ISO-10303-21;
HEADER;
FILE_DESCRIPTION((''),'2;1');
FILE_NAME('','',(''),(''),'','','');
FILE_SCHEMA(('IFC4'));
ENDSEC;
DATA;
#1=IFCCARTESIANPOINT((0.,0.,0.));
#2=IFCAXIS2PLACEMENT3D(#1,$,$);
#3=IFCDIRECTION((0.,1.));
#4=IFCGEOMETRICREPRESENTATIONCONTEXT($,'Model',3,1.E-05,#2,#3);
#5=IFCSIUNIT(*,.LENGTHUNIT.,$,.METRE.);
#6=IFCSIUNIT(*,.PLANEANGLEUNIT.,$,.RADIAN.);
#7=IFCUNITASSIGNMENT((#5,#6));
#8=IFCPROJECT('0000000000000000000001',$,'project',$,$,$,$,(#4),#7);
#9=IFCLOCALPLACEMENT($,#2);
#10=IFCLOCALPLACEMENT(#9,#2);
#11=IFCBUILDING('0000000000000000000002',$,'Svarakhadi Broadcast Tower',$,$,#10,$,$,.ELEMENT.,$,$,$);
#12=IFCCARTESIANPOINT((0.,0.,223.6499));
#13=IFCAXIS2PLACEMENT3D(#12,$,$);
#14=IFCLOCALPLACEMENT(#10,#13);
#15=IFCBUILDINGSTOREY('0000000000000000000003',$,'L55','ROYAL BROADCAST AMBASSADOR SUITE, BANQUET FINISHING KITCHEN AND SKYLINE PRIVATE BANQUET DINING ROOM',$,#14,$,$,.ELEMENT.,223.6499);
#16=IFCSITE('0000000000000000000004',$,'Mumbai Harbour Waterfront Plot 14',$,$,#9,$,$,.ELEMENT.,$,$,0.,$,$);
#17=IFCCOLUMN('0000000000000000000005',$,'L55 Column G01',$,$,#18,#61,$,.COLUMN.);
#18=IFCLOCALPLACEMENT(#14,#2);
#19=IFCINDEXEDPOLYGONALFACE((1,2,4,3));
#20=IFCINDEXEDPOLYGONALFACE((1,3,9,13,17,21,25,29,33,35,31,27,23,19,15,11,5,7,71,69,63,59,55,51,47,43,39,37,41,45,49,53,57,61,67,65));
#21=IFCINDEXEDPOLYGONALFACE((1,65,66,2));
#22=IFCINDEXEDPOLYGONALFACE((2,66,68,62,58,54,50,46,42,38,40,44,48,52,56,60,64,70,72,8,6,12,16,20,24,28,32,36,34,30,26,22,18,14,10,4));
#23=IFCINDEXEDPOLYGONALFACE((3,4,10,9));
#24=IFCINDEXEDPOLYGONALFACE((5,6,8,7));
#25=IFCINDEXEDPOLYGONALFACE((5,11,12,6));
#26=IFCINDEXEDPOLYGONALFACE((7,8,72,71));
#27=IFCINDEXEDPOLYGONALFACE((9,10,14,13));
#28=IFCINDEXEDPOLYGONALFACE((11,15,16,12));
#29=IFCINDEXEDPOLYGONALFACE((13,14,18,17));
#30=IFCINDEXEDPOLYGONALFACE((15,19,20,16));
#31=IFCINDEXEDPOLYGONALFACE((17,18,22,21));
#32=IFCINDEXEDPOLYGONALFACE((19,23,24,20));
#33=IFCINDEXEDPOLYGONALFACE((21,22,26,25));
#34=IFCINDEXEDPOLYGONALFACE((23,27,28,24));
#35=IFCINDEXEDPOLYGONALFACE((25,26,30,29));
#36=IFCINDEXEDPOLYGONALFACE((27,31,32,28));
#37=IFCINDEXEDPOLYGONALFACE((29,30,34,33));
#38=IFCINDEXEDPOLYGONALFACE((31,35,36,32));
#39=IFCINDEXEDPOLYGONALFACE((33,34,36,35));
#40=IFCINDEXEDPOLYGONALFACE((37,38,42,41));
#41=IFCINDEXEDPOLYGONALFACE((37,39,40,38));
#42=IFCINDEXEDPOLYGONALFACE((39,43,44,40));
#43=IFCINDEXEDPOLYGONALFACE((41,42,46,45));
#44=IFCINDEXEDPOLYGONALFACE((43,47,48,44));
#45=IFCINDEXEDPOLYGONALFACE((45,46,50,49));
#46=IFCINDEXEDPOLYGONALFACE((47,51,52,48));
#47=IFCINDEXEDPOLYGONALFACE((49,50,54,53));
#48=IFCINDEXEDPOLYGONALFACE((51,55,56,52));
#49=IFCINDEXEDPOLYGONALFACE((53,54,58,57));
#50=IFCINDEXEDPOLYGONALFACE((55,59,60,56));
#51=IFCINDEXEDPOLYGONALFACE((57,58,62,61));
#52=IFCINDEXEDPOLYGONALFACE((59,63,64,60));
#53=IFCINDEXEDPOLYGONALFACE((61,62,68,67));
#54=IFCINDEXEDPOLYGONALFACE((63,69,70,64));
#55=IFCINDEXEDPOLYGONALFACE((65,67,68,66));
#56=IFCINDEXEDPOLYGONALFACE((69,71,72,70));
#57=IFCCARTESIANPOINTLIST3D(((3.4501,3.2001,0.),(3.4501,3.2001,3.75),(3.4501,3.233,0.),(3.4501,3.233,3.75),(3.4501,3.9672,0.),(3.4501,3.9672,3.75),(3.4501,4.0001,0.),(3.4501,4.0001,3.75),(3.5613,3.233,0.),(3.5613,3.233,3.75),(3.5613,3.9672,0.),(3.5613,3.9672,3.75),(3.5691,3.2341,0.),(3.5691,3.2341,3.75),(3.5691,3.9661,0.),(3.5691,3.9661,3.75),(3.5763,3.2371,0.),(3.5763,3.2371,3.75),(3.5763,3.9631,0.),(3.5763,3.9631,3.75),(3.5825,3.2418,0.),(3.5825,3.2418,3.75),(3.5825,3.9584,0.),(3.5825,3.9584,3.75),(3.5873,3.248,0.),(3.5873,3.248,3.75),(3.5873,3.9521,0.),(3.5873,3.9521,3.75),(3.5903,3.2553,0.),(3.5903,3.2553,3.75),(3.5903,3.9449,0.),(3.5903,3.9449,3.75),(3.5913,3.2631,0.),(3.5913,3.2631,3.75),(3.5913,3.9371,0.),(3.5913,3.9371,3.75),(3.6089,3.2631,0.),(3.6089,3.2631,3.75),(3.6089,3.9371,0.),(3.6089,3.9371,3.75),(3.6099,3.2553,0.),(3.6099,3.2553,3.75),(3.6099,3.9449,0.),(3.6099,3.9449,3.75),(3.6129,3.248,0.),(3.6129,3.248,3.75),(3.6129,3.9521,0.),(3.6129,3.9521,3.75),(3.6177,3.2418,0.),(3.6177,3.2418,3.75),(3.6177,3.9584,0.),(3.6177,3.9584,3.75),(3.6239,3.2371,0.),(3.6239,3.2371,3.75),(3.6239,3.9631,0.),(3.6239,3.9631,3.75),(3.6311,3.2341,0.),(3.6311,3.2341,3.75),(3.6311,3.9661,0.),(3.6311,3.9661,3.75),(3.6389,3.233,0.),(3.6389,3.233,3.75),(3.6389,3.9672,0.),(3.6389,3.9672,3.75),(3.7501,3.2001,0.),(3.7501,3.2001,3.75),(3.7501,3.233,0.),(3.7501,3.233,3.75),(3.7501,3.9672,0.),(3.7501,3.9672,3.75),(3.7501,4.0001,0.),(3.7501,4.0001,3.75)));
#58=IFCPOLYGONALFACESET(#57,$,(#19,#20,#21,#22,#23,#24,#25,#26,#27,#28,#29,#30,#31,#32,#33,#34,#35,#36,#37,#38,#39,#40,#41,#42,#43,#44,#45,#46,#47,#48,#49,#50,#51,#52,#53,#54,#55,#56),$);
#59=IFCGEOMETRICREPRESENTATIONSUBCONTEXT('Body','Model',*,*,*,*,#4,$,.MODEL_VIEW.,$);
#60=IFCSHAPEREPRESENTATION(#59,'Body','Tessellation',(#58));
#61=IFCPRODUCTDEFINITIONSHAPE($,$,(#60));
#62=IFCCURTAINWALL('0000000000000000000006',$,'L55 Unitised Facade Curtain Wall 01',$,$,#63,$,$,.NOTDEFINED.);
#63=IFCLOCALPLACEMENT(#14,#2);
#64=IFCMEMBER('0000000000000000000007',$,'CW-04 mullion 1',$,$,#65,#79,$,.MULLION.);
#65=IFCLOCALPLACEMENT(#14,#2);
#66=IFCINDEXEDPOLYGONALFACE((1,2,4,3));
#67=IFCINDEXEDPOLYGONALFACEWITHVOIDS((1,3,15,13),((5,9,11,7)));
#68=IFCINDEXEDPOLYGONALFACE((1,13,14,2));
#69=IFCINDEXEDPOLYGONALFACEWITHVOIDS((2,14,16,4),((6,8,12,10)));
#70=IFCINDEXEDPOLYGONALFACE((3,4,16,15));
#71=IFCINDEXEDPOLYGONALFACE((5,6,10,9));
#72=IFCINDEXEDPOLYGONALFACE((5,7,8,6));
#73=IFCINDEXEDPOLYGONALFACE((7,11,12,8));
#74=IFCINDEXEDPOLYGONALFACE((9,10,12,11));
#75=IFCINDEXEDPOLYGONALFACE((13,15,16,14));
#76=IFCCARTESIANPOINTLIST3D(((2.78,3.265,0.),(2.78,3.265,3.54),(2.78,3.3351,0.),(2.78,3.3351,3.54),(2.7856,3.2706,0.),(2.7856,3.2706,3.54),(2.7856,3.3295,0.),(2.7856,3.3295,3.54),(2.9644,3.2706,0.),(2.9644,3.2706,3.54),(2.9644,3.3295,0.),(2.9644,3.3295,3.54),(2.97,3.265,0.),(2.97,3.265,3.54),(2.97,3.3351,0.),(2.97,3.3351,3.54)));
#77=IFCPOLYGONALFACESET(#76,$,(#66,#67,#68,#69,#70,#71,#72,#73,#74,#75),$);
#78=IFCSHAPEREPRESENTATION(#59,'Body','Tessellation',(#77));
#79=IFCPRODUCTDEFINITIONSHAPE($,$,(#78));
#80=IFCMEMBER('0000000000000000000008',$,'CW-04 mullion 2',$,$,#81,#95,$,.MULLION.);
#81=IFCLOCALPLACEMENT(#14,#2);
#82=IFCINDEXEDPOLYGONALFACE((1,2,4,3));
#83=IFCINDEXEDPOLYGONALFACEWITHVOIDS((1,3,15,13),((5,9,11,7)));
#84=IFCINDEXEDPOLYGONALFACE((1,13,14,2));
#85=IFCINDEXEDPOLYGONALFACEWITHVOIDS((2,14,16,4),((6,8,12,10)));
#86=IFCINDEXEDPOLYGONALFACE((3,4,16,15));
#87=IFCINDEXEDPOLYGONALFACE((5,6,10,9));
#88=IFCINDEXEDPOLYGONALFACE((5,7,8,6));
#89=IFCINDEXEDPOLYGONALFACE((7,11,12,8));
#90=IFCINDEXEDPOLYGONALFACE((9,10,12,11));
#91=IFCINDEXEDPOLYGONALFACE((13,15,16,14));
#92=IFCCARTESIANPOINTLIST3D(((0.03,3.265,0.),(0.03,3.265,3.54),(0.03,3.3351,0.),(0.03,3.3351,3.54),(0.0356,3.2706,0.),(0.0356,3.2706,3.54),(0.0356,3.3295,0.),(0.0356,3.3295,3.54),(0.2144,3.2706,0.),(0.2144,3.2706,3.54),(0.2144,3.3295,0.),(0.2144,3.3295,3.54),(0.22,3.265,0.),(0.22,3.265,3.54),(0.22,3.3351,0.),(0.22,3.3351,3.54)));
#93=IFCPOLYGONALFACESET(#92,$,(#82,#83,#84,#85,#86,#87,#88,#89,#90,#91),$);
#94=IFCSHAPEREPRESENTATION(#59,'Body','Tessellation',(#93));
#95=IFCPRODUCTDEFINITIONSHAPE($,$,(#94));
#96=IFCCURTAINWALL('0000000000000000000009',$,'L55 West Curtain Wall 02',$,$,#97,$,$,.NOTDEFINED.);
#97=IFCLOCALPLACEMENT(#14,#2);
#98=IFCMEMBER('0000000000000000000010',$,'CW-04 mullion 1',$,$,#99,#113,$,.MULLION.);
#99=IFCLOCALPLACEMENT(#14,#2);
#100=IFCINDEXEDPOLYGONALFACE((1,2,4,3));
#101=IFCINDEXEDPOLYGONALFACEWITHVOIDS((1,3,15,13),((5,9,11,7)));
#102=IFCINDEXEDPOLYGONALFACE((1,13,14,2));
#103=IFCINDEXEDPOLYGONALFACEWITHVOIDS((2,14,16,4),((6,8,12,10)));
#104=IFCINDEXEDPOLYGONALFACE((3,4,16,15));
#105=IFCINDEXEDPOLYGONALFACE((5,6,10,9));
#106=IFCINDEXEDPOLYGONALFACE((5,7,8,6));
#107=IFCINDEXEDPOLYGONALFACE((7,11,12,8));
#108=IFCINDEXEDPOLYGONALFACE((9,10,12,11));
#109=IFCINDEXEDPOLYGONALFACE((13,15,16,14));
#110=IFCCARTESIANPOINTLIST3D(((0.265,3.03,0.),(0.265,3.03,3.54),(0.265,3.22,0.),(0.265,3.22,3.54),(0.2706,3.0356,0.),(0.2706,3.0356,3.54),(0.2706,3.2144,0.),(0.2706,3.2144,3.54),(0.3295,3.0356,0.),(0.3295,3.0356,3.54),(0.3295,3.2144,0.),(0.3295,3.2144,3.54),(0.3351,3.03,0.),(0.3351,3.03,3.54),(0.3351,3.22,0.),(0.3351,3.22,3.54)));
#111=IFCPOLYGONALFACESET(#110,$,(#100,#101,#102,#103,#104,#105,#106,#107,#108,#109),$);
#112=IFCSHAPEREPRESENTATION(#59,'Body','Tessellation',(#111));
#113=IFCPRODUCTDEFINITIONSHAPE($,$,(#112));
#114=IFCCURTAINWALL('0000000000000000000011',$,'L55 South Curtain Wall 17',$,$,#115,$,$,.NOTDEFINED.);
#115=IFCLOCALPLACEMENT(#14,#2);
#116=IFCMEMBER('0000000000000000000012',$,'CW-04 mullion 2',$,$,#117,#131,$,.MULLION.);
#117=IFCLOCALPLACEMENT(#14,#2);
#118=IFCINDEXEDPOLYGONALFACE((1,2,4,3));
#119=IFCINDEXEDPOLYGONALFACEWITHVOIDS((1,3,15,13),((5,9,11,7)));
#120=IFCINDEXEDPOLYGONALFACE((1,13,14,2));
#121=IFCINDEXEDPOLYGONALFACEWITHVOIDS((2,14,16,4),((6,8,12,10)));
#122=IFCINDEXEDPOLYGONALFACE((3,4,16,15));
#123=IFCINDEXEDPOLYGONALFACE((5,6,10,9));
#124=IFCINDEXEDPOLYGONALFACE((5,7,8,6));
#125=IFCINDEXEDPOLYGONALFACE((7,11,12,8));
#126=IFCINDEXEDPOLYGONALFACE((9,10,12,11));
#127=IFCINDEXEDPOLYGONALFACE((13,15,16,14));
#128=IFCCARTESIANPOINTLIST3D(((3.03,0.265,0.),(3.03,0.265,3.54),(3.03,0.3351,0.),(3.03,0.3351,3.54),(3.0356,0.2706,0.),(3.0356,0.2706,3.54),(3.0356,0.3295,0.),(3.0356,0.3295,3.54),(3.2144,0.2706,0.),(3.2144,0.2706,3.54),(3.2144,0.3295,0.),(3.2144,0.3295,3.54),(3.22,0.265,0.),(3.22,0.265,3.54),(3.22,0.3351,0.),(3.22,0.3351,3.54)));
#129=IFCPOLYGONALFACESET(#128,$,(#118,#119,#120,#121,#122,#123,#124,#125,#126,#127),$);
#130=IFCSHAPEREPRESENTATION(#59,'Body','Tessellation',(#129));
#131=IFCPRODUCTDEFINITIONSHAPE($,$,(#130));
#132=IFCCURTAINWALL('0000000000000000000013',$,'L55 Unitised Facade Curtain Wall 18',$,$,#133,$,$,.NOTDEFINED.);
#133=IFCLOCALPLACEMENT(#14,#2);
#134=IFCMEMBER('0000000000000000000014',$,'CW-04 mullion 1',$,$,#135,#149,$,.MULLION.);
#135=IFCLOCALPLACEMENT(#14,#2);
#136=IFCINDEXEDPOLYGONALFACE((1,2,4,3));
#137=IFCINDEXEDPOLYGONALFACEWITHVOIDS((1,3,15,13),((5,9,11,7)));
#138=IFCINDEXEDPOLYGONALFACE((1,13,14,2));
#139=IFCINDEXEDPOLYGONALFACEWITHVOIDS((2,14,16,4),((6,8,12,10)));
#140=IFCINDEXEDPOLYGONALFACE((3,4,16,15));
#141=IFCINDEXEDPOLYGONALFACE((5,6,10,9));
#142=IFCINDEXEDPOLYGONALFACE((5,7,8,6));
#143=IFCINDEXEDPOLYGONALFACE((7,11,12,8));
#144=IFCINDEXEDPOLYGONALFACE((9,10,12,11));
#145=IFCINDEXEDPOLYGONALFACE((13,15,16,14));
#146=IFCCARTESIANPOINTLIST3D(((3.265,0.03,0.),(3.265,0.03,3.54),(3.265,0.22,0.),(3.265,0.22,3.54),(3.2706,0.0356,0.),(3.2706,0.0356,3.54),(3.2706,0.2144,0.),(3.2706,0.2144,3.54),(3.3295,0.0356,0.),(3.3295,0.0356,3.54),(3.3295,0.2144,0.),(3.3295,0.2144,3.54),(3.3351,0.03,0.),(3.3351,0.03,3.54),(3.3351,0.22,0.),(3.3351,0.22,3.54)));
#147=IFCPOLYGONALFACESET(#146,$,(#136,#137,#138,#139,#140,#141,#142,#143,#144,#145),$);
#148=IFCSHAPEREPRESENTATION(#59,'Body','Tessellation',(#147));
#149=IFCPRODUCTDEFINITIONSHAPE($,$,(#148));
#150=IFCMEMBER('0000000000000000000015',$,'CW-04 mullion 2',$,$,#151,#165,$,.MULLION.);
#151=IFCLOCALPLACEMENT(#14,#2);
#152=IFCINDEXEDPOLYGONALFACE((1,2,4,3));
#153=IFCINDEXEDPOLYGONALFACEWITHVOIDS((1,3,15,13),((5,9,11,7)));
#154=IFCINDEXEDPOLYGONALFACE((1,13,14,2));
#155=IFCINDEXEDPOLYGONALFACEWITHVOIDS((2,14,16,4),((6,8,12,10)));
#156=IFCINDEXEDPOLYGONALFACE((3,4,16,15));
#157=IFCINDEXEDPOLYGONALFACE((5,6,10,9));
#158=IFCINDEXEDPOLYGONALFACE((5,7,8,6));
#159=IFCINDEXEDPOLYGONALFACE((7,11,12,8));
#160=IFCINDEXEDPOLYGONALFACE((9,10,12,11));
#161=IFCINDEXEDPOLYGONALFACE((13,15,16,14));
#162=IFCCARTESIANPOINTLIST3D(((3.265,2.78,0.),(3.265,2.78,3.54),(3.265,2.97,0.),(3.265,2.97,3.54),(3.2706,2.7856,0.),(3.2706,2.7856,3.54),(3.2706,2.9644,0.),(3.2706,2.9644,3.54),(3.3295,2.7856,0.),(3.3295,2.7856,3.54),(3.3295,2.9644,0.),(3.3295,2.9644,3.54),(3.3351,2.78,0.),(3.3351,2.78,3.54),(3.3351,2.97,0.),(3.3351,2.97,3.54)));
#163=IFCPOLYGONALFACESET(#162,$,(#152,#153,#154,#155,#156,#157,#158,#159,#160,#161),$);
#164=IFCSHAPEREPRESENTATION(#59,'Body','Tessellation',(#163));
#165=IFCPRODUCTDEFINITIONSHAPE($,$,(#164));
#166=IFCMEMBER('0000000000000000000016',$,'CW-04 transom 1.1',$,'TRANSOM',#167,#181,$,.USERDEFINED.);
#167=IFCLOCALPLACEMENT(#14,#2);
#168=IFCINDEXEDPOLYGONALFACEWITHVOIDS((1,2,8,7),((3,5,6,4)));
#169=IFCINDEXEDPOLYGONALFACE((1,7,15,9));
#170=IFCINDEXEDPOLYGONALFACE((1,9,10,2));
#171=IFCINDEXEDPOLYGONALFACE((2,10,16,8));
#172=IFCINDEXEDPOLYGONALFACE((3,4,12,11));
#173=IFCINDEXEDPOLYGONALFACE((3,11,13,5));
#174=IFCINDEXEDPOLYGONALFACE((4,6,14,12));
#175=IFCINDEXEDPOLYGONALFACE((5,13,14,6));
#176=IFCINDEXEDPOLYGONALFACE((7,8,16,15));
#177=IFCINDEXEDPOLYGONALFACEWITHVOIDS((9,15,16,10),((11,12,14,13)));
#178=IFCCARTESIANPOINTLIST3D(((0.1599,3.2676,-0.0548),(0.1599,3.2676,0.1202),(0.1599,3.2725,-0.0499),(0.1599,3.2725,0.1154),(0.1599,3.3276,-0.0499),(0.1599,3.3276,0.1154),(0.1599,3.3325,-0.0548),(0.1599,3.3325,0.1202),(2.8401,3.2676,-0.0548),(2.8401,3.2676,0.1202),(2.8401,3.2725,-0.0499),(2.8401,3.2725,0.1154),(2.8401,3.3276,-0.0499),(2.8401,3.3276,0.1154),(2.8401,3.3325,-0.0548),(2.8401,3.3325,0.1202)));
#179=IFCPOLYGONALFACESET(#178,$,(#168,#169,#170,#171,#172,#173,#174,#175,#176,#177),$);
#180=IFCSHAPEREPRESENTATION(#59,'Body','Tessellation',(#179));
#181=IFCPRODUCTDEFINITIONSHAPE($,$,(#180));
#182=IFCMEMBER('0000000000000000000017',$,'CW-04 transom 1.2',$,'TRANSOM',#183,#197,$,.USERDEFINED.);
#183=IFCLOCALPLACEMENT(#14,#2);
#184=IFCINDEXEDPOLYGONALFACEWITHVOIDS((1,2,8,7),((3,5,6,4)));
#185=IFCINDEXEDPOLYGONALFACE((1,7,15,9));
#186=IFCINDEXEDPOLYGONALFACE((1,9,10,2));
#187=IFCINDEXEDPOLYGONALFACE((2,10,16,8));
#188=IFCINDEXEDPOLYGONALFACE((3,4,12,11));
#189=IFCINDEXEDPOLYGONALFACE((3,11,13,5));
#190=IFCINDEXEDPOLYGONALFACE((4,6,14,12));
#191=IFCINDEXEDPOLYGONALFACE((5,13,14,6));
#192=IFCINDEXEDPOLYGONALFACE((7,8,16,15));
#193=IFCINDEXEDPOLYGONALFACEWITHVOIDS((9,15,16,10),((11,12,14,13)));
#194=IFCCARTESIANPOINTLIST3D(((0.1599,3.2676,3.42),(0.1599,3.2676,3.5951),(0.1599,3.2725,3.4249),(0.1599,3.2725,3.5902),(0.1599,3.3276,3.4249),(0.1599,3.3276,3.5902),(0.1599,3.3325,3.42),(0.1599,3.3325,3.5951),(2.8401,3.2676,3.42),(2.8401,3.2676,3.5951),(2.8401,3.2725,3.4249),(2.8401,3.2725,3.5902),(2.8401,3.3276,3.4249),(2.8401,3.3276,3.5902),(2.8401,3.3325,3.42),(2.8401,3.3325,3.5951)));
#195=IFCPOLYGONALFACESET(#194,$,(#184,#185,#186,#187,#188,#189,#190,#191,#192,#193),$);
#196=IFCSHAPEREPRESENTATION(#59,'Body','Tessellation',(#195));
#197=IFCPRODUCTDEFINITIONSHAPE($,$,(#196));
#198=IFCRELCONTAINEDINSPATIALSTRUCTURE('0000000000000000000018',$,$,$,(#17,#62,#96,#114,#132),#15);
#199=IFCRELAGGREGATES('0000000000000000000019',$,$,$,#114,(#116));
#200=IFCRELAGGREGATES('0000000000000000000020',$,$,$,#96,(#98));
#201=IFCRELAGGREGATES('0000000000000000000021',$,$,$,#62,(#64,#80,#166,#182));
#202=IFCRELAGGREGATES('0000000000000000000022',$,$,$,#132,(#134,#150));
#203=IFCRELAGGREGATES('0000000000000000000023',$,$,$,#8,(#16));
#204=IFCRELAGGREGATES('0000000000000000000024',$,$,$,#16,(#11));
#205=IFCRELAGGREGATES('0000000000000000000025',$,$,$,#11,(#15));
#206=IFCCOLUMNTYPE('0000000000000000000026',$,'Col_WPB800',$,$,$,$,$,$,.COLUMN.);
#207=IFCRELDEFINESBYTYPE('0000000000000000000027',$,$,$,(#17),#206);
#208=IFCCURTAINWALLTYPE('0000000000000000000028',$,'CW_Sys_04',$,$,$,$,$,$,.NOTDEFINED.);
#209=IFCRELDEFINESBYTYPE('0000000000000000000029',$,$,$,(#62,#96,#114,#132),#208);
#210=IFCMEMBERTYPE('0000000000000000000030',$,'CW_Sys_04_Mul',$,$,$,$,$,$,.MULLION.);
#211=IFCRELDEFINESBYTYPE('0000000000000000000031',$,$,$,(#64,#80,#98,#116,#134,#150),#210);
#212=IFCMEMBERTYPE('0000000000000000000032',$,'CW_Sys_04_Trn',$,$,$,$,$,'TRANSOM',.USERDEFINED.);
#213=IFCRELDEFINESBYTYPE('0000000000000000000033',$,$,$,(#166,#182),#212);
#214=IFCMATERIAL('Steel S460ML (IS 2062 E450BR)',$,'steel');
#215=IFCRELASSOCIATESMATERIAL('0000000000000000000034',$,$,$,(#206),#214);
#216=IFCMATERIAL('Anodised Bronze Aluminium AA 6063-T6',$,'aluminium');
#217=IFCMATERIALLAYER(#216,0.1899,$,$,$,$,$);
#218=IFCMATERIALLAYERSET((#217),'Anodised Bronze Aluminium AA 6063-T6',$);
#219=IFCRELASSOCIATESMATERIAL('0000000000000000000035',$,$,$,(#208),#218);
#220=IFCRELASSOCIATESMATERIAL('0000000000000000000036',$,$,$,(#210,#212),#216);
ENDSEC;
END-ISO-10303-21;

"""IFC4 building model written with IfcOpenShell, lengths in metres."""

from ifc_helpers import new_model, si_unit, direction, frame, origin, origin_2d, place, context, subcontext, project, spatial, hollow_rectangle, i_section, extrude, material, layer, layer_set, material_profile, profile_set, type_object, element, aggregate, save


model = new_model("IFC4")

# Units and contexts
model_context = context("Model", 3, precision=1e-05, world=origin(), true_north=direction((0.0, 1.0)))
body_context = subcontext(model_context, "Body", "Model", "MODEL_VIEW")
ifc_project = project(units=[si_unit("LENGTHUNIT", "METRE"), si_unit("PLANEANGLEUNIT", "RADIAN")], contexts=[model_context])

# Site, building, storey
site_placement = place(None, origin())
site = spatial("IfcSite", under=ifc_project, at=site_placement, Name="Mumbai Harbour Waterfront Plot 14", CompositionType="ELEMENT", RefElevation=0.0)
building_placement = place(site_placement, origin())
building = spatial("IfcBuilding", under=site, at=building_placement, Name="Svarakhadi Broadcast Tower", CompositionType="ELEMENT")
storey_placement = place(building_placement, frame((0.0, 0.0, 223.6499)))
storey = spatial("IfcBuildingStorey", under=building, at=storey_placement, Name="L55", Description="ROYAL BROADCAST AMBASSADOR SUITE, BANQUET FINISHING KITCHEN AND SKYLINE PRIVATE BANQUET DINING ROOM", CompositionType="ELEMENT", Elevation=223.6499)

# Column
ifc_material_1 = material(Name="Steel S460ML (IS 2062 E450BR)", Category="steel")
ifc_material_profile_1 = material_profile(ifc_material_1, i_section(OverallWidth=0.3, OverallDepth=0.8, WebThickness=0.0176, FlangeThickness=0.033, FilletRadius=0.03, at=origin_2d()), Name="WPB 800x300x262")
ifc_profile_set_1 = profile_set([ifc_material_profile_1], Name="Steel S460ML (IS 2062 E450BR)")
column_type = type_object("IfcColumnType", Name="Col_WPB800", PredefinedType="COLUMN", material=ifc_profile_set_1)
column_placement = place(storey_placement, frame((3.6001, 3.6001, 0.0), z_axis=(0.0, 0.0, 1.0), x_axis=(1.0, 0.0, 0.0)))
element("IfcColumn", 1, at=column_placement, inside=storey, type_object=column_type, Name="L55 Column G01", PredefinedType="COLUMN", context=body_context, shape_type="SweptSolid", body=[
    extrude(i_section(OverallWidth=0.3, OverallDepth=0.8, WebThickness=0.0176, FlangeThickness=0.033, FilletRadius=0.03, at=origin_2d()), origin(), (0.0, 0.0, 1.0), 3.75),
])

# Curtain wall, members
ifc_material_2 = material(Name="Anodised Bronze Aluminium AA 6063-T6", Category="aluminium")
ifc_layer_1 = layer(ifc_material_2, 0.1899)
ifc_layer_set_1 = layer_set([ifc_layer_1], Name="Anodised Bronze Aluminium AA 6063-T6")
curtain_wall_type = type_object("IfcCurtainWallType", Name="CW_Sys_04", PredefinedType="NOTDEFINED", material=ifc_layer_set_1)
curtain_wall_1_placement = place(storey_placement, origin())
curtain_wall_1 = element("IfcCurtainWall", 2, at=curtain_wall_1_placement, inside=storey, type_object=curtain_wall_type, Name="L55 Unitised Facade Curtain Wall 01", PredefinedType="NOTDEFINED")
ifc_material_profile_2 = material_profile(ifc_material_2, hollow_rectangle(XDim=0.0701, YDim=0.1899, WallThickness=0.0056, at=origin_2d()), Name="ALU MULLION 190x70x6")
ifc_profile_set_2 = profile_set([ifc_material_profile_2], Name="Anodised Bronze Aluminium AA 6063-T6")
member_type_1 = type_object("IfcMemberType", Name="CW_Sys_04_Mul", PredefinedType="MULLION", material=ifc_profile_set_2)
member_1_placement = place(storey_placement, frame((2.875, 3.3, 0.0), z_axis=(0.0, 0.0, 1.0), x_axis=(0.0, -1.0, 0.0)))
member_1 = element("IfcMember", 3, at=member_1_placement, type_object=member_type_1, Name="CW-04 mullion 1", PredefinedType="MULLION", context=body_context, shape_type="SweptSolid", body=[
    extrude(hollow_rectangle(XDim=0.0701, YDim=0.1899, WallThickness=0.0056, at=origin_2d()), origin(), (0.0, 0.0, 1.0), 3.54),
])
member_2_placement = place(storey_placement, frame((0.125, 3.3, 0.0), z_axis=(0.0, 0.0, 1.0), x_axis=(0.0, -1.0, 0.0)))
member_2 = element("IfcMember", 4, at=member_2_placement, type_object=member_type_1, Name="CW-04 mullion 2", PredefinedType="MULLION", context=body_context, shape_type="SweptSolid", body=[
    extrude(hollow_rectangle(XDim=0.0701, YDim=0.1899, WallThickness=0.0056, at=origin_2d()), origin(), (0.0, 0.0, 1.0), 3.54),
])

# Curtain walls, members
curtain_wall_2_placement = place(storey_placement, origin())
curtain_wall_2 = element("IfcCurtainWall", 5, at=curtain_wall_2_placement, inside=storey, type_object=curtain_wall_type, Name="L55 West Curtain Wall 02", PredefinedType="NOTDEFINED")
member_3_placement = place(storey_placement, frame((0.3, 3.125, 0.0), z_axis=(0.0, 0.0, 1.0), x_axis=(-1.0, 0.0, 0.0)))
member_3 = element("IfcMember", 6, at=member_3_placement, type_object=member_type_1, Name="CW-04 mullion 1", PredefinedType="MULLION", context=body_context, shape_type="SweptSolid", body=[
    extrude(hollow_rectangle(XDim=0.0701, YDim=0.1899, WallThickness=0.0056, at=origin_2d()), origin(), (0.0, 0.0, 1.0), 3.54),
])
curtain_wall_3_placement = place(storey_placement, origin())
curtain_wall_3 = element("IfcCurtainWall", 7, at=curtain_wall_3_placement, inside=storey, type_object=curtain_wall_type, Name="L55 South Curtain Wall 17", PredefinedType="NOTDEFINED")
member_4_placement = place(storey_placement, frame((3.125, 0.3, 0.0), z_axis=(0.0, 0.0, 1.0), x_axis=(0.0, -1.0, 0.0)))
member_4 = element("IfcMember", 8, at=member_4_placement, type_object=member_type_1, Name="CW-04 mullion 2", PredefinedType="MULLION", context=body_context, shape_type="SweptSolid", body=[
    extrude(hollow_rectangle(XDim=0.0701, YDim=0.1899, WallThickness=0.0056, at=origin_2d()), origin(), (0.0, 0.0, 1.0), 3.54),
])
aggregate(curtain_wall_3, [member_4])

# Curtain wall, members
curtain_wall_4_placement = place(storey_placement, origin())
curtain_wall_4 = element("IfcCurtainWall", 9, at=curtain_wall_4_placement, inside=storey, type_object=curtain_wall_type, Name="L55 Unitised Facade Curtain Wall 18", PredefinedType="NOTDEFINED")
member_5_placement = place(storey_placement, frame((3.3, 0.125, 0.0), z_axis=(0.0, 0.0, 1.0), x_axis=(-1.0, 0.0, 0.0)))
member_5 = element("IfcMember", 10, at=member_5_placement, type_object=member_type_1, Name="CW-04 mullion 1", PredefinedType="MULLION", context=body_context, shape_type="SweptSolid", body=[
    extrude(hollow_rectangle(XDim=0.0701, YDim=0.1899, WallThickness=0.0056, at=origin_2d()), origin(), (0.0, 0.0, 1.0), 3.54),
])
member_6_placement = place(storey_placement, frame((3.3, 2.875, 0.0), z_axis=(0.0, 0.0, 1.0), x_axis=(-1.0, 0.0, 0.0)))
member_6 = element("IfcMember", 11, at=member_6_placement, type_object=member_type_1, Name="CW-04 mullion 2", PredefinedType="MULLION", context=body_context, shape_type="SweptSolid", body=[
    extrude(hollow_rectangle(XDim=0.0701, YDim=0.1899, WallThickness=0.0056, at=origin_2d()), origin(), (0.0, 0.0, 1.0), 3.54),
])

# Members
ifc_material_profile_3 = material_profile(ifc_material_2, hollow_rectangle(XDim=0.0649, YDim=0.175, WallThickness=0.0049, at=origin_2d()), Name="ALU TRANSOM 175x65x5")
ifc_profile_set_3 = profile_set([ifc_material_profile_3], Name="Anodised Bronze Aluminium AA 6063-T6")
member_type_2 = type_object("IfcMemberType", Name="CW_Sys_04_Trn", ElementType="TRANSOM", PredefinedType="USERDEFINED", material=ifc_profile_set_3)
member_7_placement = place(storey_placement, frame((2.8401, 3.3, 0.0327), z_axis=(-1.0, 0.0, 0.0), x_axis=(0.0, -1.0, 0.0)))
member_7 = element("IfcMember", 12, at=member_7_placement, type_object=member_type_2, Name="CW-04 transom 1.1", ObjectType="TRANSOM", PredefinedType="USERDEFINED", context=body_context, shape_type="SweptSolid", body=[
    extrude(hollow_rectangle(XDim=0.0649, YDim=0.175, WallThickness=0.0049, at=origin_2d()), origin(), (0.0, 0.0, 1.0), 2.6802),
])
member_8_placement = place(storey_placement, frame((2.8401, 3.3, 3.5076), z_axis=(-1.0, 0.0, 0.0), x_axis=(0.0, -1.0, 0.0)))
member_8 = element("IfcMember", 13, at=member_8_placement, type_object=member_type_2, Name="CW-04 transom 1.2", ObjectType="TRANSOM", PredefinedType="USERDEFINED", context=body_context, shape_type="SweptSolid", body=[
    extrude(hollow_rectangle(XDim=0.0649, YDim=0.175, WallThickness=0.0049, at=origin_2d()), origin(), (0.0, 0.0, 1.0), 2.6802),
])
aggregate(curtain_wall_2, [member_3])

aggregate(curtain_wall_1, [member_1, member_2, member_7, member_8])
aggregate(curtain_wall_4, [member_5, member_6])

save(model, "model.ifc")
